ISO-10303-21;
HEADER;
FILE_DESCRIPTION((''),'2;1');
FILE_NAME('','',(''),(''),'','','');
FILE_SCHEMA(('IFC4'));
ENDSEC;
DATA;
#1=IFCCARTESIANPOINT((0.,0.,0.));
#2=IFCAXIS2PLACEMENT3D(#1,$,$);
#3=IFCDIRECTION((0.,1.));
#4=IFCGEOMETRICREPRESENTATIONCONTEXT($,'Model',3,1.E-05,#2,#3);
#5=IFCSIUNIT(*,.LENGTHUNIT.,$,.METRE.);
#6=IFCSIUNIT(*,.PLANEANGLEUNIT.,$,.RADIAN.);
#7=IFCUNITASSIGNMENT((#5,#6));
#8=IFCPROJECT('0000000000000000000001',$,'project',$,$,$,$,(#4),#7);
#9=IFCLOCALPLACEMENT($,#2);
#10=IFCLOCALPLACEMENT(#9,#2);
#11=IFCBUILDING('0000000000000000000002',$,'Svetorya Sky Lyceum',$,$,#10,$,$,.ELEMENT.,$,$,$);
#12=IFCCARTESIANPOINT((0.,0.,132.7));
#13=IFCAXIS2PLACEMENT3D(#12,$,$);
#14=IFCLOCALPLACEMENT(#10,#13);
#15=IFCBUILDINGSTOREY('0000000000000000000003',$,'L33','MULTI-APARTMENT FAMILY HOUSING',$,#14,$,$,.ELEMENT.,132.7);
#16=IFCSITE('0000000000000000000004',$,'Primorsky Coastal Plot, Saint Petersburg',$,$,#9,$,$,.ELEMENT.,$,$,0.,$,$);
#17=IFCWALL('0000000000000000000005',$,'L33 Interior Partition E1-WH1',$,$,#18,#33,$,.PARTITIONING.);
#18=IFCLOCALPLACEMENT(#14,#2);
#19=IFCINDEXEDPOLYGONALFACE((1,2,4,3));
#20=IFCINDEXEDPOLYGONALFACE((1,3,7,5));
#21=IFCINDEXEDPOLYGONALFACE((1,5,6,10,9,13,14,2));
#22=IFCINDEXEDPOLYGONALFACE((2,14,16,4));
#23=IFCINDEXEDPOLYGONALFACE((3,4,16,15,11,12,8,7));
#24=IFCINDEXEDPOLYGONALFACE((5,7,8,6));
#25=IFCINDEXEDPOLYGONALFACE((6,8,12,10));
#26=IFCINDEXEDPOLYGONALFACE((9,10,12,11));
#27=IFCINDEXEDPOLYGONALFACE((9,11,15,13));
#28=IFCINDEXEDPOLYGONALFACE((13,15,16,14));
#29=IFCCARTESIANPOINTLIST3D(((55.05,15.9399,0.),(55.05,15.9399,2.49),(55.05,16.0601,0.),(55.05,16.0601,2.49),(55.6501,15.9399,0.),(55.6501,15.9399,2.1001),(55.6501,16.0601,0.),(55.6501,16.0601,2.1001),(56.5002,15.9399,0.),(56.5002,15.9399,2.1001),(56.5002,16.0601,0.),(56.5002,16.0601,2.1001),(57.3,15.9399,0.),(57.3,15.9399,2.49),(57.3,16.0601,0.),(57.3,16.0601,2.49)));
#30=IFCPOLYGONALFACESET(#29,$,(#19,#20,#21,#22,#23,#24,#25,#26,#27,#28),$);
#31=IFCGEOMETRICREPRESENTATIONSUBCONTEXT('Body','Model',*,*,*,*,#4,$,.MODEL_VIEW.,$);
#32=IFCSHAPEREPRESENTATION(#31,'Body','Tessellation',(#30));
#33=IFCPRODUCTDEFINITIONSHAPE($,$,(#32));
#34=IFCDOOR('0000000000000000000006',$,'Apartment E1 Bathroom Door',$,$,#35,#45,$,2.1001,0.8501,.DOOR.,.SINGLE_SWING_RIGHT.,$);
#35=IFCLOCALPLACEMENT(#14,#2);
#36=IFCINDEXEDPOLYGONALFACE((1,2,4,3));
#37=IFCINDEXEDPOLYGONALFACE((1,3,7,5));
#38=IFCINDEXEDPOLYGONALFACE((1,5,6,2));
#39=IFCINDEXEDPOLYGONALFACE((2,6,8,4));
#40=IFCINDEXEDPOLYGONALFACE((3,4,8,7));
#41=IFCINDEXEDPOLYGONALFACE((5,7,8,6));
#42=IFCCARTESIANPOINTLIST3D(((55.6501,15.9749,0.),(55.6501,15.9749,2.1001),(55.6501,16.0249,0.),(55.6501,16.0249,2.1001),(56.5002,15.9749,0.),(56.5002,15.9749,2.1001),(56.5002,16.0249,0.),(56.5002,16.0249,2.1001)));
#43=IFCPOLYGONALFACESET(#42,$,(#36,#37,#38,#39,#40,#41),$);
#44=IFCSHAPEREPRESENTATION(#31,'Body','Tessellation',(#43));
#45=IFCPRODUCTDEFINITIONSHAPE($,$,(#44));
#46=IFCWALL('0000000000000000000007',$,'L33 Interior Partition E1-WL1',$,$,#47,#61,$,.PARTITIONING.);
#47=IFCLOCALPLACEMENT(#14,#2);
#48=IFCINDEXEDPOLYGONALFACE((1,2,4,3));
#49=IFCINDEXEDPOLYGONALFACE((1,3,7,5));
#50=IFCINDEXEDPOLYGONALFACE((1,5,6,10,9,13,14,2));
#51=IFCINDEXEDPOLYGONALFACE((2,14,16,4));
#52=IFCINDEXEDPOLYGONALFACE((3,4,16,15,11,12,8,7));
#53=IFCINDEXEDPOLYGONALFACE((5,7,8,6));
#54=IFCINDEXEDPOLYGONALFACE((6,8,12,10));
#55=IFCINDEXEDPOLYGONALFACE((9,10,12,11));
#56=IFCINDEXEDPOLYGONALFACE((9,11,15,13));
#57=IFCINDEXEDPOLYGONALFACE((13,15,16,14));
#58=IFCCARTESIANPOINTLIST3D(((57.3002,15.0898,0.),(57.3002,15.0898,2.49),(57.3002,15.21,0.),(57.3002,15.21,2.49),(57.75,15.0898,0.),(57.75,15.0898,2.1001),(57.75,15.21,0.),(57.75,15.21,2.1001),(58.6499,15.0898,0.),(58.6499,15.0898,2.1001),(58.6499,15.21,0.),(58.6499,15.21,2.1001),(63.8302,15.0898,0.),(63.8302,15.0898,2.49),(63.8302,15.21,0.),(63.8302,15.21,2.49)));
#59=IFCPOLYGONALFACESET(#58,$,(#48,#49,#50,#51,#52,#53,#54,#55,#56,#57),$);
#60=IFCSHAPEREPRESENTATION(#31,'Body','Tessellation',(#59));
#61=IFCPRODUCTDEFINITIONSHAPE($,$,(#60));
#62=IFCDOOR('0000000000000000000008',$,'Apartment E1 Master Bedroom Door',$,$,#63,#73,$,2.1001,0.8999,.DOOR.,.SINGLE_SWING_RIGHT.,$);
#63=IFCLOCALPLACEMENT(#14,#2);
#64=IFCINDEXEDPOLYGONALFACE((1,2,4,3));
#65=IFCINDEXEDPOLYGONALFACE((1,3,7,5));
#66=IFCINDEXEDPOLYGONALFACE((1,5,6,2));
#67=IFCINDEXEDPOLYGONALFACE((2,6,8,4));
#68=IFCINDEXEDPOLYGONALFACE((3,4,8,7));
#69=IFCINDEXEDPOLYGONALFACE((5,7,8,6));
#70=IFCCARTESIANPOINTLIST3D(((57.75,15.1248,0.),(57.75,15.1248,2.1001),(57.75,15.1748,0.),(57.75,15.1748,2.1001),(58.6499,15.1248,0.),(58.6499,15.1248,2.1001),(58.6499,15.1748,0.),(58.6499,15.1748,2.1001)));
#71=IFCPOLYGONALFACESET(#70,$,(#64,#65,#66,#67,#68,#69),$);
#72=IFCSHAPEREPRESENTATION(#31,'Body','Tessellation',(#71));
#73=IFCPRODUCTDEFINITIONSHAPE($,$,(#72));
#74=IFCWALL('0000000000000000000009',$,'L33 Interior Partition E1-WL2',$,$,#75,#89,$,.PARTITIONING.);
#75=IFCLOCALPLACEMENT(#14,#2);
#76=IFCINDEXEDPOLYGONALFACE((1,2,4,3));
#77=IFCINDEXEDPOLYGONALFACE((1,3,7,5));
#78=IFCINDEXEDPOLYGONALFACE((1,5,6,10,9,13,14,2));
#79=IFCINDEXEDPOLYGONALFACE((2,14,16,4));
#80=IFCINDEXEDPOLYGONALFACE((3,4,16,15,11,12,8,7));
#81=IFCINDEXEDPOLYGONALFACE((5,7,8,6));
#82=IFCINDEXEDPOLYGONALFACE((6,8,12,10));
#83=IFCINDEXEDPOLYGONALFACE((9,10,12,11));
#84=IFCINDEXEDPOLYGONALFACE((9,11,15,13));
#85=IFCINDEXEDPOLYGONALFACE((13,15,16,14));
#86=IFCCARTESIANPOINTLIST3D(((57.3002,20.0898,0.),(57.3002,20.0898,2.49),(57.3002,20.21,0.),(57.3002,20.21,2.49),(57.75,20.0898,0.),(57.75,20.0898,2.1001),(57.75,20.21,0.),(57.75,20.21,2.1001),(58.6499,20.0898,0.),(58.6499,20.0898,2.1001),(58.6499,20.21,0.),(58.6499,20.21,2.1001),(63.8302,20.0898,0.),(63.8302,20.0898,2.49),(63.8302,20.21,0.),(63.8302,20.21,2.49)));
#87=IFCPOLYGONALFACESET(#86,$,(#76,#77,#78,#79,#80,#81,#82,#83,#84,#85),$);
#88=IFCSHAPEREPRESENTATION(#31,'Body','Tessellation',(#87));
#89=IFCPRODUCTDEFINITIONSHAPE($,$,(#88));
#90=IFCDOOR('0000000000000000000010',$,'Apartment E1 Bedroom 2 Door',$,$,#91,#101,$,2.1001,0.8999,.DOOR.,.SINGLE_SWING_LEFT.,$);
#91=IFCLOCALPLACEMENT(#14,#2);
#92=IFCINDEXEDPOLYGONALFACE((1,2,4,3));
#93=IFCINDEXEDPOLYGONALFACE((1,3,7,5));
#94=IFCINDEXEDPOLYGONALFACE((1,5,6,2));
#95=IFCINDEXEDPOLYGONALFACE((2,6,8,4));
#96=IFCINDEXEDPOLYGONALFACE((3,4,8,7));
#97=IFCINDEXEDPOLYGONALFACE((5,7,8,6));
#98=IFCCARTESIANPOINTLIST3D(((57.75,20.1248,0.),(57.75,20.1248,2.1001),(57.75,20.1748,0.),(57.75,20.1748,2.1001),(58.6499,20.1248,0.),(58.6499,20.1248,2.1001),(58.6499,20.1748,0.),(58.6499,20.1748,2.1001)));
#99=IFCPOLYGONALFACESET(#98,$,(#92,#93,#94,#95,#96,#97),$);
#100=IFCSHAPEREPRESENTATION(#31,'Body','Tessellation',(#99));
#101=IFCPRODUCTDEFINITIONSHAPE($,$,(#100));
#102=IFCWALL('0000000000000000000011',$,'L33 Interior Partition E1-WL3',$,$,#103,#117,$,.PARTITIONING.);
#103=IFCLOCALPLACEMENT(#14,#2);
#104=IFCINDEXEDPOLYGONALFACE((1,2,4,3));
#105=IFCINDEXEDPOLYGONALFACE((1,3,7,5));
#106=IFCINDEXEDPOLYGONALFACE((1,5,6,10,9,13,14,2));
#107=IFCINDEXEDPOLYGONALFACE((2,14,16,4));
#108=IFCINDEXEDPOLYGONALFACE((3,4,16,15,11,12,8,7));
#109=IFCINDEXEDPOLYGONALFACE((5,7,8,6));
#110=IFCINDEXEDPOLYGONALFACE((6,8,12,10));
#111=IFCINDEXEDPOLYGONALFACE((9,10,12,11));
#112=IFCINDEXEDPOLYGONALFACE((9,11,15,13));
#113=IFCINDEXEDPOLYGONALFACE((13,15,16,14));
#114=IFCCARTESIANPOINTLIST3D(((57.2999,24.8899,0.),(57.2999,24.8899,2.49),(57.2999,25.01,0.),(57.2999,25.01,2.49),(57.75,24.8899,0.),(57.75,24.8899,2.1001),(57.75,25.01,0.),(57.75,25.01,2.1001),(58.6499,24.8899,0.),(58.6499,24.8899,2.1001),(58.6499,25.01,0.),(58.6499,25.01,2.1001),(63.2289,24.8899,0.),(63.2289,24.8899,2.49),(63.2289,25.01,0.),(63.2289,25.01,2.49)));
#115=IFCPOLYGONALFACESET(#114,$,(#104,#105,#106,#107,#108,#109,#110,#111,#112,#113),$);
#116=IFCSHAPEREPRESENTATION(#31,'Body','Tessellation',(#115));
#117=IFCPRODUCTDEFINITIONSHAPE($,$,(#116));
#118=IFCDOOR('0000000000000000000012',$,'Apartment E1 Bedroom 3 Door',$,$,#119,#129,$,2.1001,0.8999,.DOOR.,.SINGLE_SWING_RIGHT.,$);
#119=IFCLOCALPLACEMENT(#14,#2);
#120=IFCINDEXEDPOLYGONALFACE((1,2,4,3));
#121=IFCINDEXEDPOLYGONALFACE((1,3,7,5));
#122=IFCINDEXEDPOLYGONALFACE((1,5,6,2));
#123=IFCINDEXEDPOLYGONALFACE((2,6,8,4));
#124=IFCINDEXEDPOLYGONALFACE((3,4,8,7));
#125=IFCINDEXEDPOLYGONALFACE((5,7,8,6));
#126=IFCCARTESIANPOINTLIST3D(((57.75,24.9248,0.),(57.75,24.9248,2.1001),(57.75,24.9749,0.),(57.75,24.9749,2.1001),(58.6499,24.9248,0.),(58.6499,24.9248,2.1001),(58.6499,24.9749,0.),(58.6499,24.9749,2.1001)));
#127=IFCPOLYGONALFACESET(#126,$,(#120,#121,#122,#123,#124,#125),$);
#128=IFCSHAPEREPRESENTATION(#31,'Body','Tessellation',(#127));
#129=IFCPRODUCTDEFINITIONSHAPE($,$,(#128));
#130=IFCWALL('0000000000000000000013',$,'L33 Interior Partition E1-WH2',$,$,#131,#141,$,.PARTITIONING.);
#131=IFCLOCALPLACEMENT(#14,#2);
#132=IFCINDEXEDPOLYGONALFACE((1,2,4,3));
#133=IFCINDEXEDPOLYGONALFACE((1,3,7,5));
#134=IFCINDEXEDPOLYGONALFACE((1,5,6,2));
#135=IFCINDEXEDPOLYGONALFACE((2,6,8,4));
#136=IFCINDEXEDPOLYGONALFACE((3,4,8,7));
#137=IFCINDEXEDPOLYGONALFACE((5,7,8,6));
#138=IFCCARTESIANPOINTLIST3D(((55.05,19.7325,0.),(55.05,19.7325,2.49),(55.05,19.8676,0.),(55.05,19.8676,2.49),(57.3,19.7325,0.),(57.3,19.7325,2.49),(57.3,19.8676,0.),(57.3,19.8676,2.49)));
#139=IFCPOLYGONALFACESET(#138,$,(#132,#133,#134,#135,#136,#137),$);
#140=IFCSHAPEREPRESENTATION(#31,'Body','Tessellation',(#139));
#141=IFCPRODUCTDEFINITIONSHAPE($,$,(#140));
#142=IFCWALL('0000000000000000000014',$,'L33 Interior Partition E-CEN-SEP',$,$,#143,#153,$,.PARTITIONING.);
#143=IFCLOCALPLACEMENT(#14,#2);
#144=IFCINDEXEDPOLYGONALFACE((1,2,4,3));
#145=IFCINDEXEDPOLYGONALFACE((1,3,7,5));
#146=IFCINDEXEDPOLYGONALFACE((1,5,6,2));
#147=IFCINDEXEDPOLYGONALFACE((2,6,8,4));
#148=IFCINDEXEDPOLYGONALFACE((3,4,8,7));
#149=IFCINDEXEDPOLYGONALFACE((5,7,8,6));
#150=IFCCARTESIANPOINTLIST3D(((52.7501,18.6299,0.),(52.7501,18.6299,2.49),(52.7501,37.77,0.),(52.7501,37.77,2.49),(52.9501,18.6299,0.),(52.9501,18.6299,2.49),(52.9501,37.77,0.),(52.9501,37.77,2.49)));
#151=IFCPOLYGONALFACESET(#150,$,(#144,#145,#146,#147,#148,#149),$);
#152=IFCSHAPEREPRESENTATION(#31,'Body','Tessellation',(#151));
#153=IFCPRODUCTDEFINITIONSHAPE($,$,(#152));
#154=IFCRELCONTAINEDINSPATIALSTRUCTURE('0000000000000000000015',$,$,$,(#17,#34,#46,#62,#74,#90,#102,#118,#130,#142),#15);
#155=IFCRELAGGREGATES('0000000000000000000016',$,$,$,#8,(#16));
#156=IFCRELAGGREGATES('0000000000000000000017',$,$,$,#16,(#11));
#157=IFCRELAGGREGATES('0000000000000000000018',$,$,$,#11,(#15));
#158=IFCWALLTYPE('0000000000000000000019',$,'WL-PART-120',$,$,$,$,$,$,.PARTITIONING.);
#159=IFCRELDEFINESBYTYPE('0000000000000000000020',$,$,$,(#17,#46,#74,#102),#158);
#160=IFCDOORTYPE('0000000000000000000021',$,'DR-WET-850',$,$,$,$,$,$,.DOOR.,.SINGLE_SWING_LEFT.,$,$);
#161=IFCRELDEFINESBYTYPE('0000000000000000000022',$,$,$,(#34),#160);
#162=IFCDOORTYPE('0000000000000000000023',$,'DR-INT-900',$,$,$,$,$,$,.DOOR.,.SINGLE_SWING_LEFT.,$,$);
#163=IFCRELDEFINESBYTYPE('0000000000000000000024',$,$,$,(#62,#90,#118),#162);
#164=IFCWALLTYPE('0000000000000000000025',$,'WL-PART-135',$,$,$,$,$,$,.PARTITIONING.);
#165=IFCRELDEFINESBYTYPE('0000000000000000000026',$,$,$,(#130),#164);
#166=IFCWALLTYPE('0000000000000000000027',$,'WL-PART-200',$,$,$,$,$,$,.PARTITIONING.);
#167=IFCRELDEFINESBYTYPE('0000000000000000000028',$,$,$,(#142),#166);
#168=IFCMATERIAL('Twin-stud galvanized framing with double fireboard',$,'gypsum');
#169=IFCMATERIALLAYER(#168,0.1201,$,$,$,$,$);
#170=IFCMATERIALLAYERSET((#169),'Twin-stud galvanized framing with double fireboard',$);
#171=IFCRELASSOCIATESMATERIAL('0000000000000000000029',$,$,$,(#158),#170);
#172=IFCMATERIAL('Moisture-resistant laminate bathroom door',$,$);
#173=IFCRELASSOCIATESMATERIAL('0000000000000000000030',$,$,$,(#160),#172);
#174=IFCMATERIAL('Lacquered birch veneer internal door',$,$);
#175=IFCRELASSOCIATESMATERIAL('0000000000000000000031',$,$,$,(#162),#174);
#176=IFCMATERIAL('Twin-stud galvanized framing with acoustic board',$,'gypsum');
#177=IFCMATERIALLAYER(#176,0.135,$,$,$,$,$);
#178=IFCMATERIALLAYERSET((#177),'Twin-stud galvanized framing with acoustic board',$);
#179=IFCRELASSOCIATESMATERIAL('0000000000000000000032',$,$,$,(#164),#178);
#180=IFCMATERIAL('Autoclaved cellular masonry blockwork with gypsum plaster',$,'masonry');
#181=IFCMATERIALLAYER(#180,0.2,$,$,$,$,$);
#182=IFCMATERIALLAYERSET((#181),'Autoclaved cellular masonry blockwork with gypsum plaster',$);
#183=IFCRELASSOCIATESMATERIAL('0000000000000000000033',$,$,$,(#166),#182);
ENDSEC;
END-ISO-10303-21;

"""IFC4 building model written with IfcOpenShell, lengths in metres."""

from ifc_helpers import new_model, si_unit, direction, frame, frame_2d, origin, place, context, subcontext, project, spatial, rectangle, extrude, material, layer, layer_set, type_object, element, fill, save


model = new_model("IFC4")

# Units and contexts
model_context = context("Model", 3, precision=1e-05, world=origin(), true_north=direction((0.0, 1.0)))
body_context = subcontext(model_context, "Body", "Model", "MODEL_VIEW")
ifc_project = project(units=[si_unit("LENGTHUNIT", "METRE"), si_unit("PLANEANGLEUNIT", "RADIAN")], contexts=[model_context])

# Site, building, storey
site_placement = place(None, origin())
site = spatial("IfcSite", under=ifc_project, at=site_placement, Name="Primorsky Coastal Plot, Saint Petersburg", CompositionType="ELEMENT", RefElevation=0.0)
building_placement = place(site_placement, origin())
building = spatial("IfcBuilding", under=site, at=building_placement, Name="Svetorya Sky Lyceum", CompositionType="ELEMENT")
storey_placement = place(building_placement, frame((0.0, 0.0, 132.7)))
storey = spatial("IfcBuildingStorey", under=building, at=storey_placement, Name="L33", Description="MULTI-APARTMENT FAMILY HOUSING", CompositionType="ELEMENT", Elevation=132.7)

# Walls, openings, doors
ifc_material_1 = material(Name="Twin-stud galvanized framing with double fireboard", Category="gypsum")
ifc_layer_1 = layer(ifc_material_1, 0.1201)
ifc_layer_set_1 = layer_set([ifc_layer_1], Name="Twin-stud galvanized framing with double fireboard")
wall_type_1 = type_object("IfcWallType", Name="WL-PART-120", PredefinedType="PARTITIONING", material=ifc_layer_set_1)
wall_1_placement = place(storey_placement, frame((55.05, 16.0, 0.0), z_axis=(0.0, 0.0, 1.0), x_axis=(1.0, 0.0, 0.0)))
wall_1 = element("IfcWall", 1, at=wall_1_placement, inside=storey, type_object=wall_type_1, Name="L33 Interior Partition E1-WH1", PredefinedType="PARTITIONING", context=body_context, shape_type="SweptSolid", body=[
    extrude(rectangle(XDim=2.25, YDim=0.1201, at=frame_2d((1.125, 0.0))), origin(), (0.0, 0.0, 1.0), 2.49),
])
opening_1_placement = place(wall_1_placement, frame((0.6001, 0.0, 0.0)))
opening_1 = element("IfcOpeningElement", 2, at=opening_1_placement, cuts=wall_1, PredefinedType="OPENING", context=body_context, shape_type="SweptSolid", body=[
    extrude(rectangle(XDim=0.8501, YDim=2.1001, at=frame_2d((0.425, 1.05))), frame((0.0, 0.0701, 0.0), z_axis=(0.0, -1.0, 0.0), x_axis=(1.0, 0.0, 0.0)), (0.0, 0.0, 1.0), 0.1401),
])
ifc_material_2 = material(Name="Moisture-resistant laminate bathroom door")
door_type_1 = type_object("IfcDoorType", Name="DR-WET-850", OperationType="SINGLE_SWING_LEFT", PredefinedType="DOOR", material=ifc_material_2)
door_1_placement = place(opening_1_placement, origin())
door_1 = element("IfcDoor", 3, at=door_1_placement, inside=storey, type_object=door_type_1, Name="Apartment E1 Bathroom Door", OperationType="SINGLE_SWING_RIGHT", OverallHeight=2.1001, OverallWidth=0.8501, PredefinedType="DOOR", context=body_context, shape_type="SweptSolid", body=[
    extrude(rectangle(XDim=0.8501, YDim=2.1001, at=frame_2d((0.425, 1.05))), frame((0.0, 0.0249, 0.0), z_axis=(0.0, -1.0, 0.0), x_axis=(1.0, 0.0, 0.0)), (0.0, 0.0, 1.0), 0.05),
])
fill(opening_1, door_1)
wall_2_placement = place(storey_placement, frame((57.3, 15.1499, 0.0), z_axis=(0.0, 0.0, 1.0), x_axis=(1.0, 0.0, 0.0)))
wall_2 = element("IfcWall", 4, at=wall_2_placement, inside=storey, type_object=wall_type_1, Name="L33 Interior Partition E1-WL1", PredefinedType="PARTITIONING", context=body_context, shape_type="SweptSolid", body=[
    extrude(rectangle(XDim=6.53, YDim=0.1201, at=frame_2d((3.2651, 0.0))), origin(), (0.0, 0.0, 1.0), 2.49),
])
opening_2_placement = place(wall_2_placement, frame((0.45, 0.0, 0.0)))
opening_2 = element("IfcOpeningElement", 5, at=opening_2_placement, cuts=wall_2, PredefinedType="OPENING", context=body_context, shape_type="SweptSolid", body=[
    extrude(rectangle(XDim=0.8999, YDim=2.1001, at=frame_2d((0.45, 1.05))), frame((0.0, 0.0701, 0.0), z_axis=(0.0, -1.0, 0.0), x_axis=(1.0, 0.0, 0.0)), (0.0, 0.0, 1.0), 0.1401),
])
ifc_material_3 = material(Name="Lacquered birch veneer internal door")
door_type_2 = type_object("IfcDoorType", Name="DR-INT-900", OperationType="SINGLE_SWING_LEFT", PredefinedType="DOOR", material=ifc_material_3)
door_2_placement = place(opening_2_placement, origin())
door_2 = element("IfcDoor", 6, at=door_2_placement, inside=storey, type_object=door_type_2, Name="Apartment E1 Master Bedroom Door", OperationType="SINGLE_SWING_RIGHT", OverallHeight=2.1001, OverallWidth=0.8999, PredefinedType="DOOR", context=body_context, shape_type="SweptSolid", body=[
    extrude(rectangle(XDim=0.8999, YDim=2.1001, at=frame_2d((0.45, 1.05))), frame((0.0, 0.0249, 0.0), z_axis=(0.0, -1.0, 0.0), x_axis=(1.0, 0.0, 0.0)), (0.0, 0.0, 1.0), 0.05),
])
fill(opening_2, door_2)
wall_3_placement = place(storey_placement, frame((57.3, 20.1499, 0.0), z_axis=(0.0, 0.0, 1.0), x_axis=(1.0, 0.0, 0.0)))
wall_3 = element("IfcWall", 7, at=wall_3_placement, inside=storey, type_object=wall_type_1, Name="L33 Interior Partition E1-WL2", PredefinedType="PARTITIONING", context=body_context, shape_type="SweptSolid", body=[
    extrude(rectangle(XDim=6.53, YDim=0.1201, at=frame_2d((3.2651, 0.0))), origin(), (0.0, 0.0, 1.0), 2.49),
])
opening_3_placement = place(wall_3_placement, frame((0.45, 0.0, 0.0)))
opening_3 = element("IfcOpeningElement", 8, at=opening_3_placement, cuts=wall_3, PredefinedType="OPENING", context=body_context, shape_type="SweptSolid", body=[
    extrude(rectangle(XDim=0.8999, YDim=2.1001, at=frame_2d((0.45, 1.05))), frame((0.0, 0.0701, 0.0), z_axis=(0.0, -1.0, 0.0), x_axis=(1.0, 0.0, 0.0)), (0.0, 0.0, 1.0), 0.1401),
])
door_3_placement = place(opening_3_placement, origin())
door_3 = element("IfcDoor", 9, at=door_3_placement, inside=storey, type_object=door_type_2, Name="Apartment E1 Bedroom 2 Door", OperationType="SINGLE_SWING_LEFT", OverallHeight=2.1001, OverallWidth=0.8999, PredefinedType="DOOR", context=body_context, shape_type="SweptSolid", body=[
    extrude(rectangle(XDim=0.8999, YDim=2.1001, at=frame_2d((0.45, 1.05))), frame((0.0, 0.0249, 0.0), z_axis=(0.0, -1.0, 0.0), x_axis=(1.0, 0.0, 0.0)), (0.0, 0.0, 1.0), 0.05),
])
fill(opening_3, door_3)
wall_4_placement = place(storey_placement, frame((57.3, 24.95, 0.0), z_axis=(0.0, 0.0, 1.0), x_axis=(1.0, 0.0, 0.0)))
wall_4 = element("IfcWall", 10, at=wall_4_placement, inside=storey, type_object=wall_type_1, Name="L33 Interior Partition E1-WL3", PredefinedType="PARTITIONING", context=body_context, shape_type="SweptSolid", body=[
    extrude(rectangle(XDim=5.929, YDim=0.1201, at=frame_2d((2.9644, 0.0))), origin(), (0.0, 0.0, 1.0), 2.49),
])
opening_4_placement = place(wall_4_placement, frame((0.45, 0.0, 0.0)))
opening_4 = element("IfcOpeningElement", 11, at=opening_4_placement, cuts=wall_4, PredefinedType="OPENING", context=body_context, shape_type="SweptSolid", body=[
    extrude(rectangle(XDim=0.8999, YDim=2.1001, at=frame_2d((0.45, 1.05))), frame((0.0, 0.0701, 0.0), z_axis=(0.0, -1.0, 0.0), x_axis=(1.0, 0.0, 0.0)), (0.0, 0.0, 1.0), 0.1401),
])
door_4_placement = place(opening_4_placement, origin())
door_4 = element("IfcDoor", 12, at=door_4_placement, inside=storey, type_object=door_type_2, Name="Apartment E1 Bedroom 3 Door", OperationType="SINGLE_SWING_RIGHT", OverallHeight=2.1001, OverallWidth=0.8999, PredefinedType="DOOR", context=body_context, shape_type="SweptSolid", body=[
    extrude(rectangle(XDim=0.8999, YDim=2.1001, at=frame_2d((0.45, 1.05))), frame((0.0, 0.0249, 0.0), z_axis=(0.0, -1.0, 0.0), x_axis=(1.0, 0.0, 0.0)), (0.0, 0.0, 1.0), 0.05),
])
fill(opening_4, door_4)

# Walls
ifc_material_4 = material(Name="Twin-stud galvanized framing with acoustic board", Category="gypsum")
ifc_layer_2 = layer(ifc_material_4, 0.135)
ifc_layer_set_2 = layer_set([ifc_layer_2], Name="Twin-stud galvanized framing with acoustic board")
wall_type_2 = type_object("IfcWallType", Name="WL-PART-135", PredefinedType="PARTITIONING", material=ifc_layer_set_2)
wall_5_placement = place(storey_placement, frame((55.05, 19.8, 0.0), z_axis=(0.0, 0.0, 1.0), x_axis=(1.0, 0.0, 0.0)))
element("IfcWall", 13, at=wall_5_placement, inside=storey, type_object=wall_type_2, Name="L33 Interior Partition E1-WH2", PredefinedType="PARTITIONING", context=body_context, shape_type="SweptSolid", body=[
    extrude(rectangle(XDim=2.25, YDim=0.135, at=frame_2d((1.125, 0.0))), origin(), (0.0, 0.0, 1.0), 2.49),
])
ifc_material_5 = material(Name="Autoclaved cellular masonry blockwork with gypsum plaster", Category="masonry")
ifc_layer_3 = layer(ifc_material_5, 0.2)
ifc_layer_set_3 = layer_set([ifc_layer_3], Name="Autoclaved cellular masonry blockwork with gypsum plaster")
wall_type_3 = type_object("IfcWallType", Name="WL-PART-200", PredefinedType="PARTITIONING", material=ifc_layer_set_3)
wall_6_placement = place(storey_placement, frame((52.8501, 18.6299, 0.0), z_axis=(0.0, 0.0, 1.0), x_axis=(0.0, 1.0, 0.0)))
element("IfcWall", 14, at=wall_6_placement, inside=storey, type_object=wall_type_3, Name="L33 Interior Partition E-CEN-SEP", PredefinedType="PARTITIONING", context=body_context, shape_type="SweptSolid", body=[
    extrude(rectangle(XDim=19.1401, YDim=0.2, at=frame_2d((9.5701, 0.0))), origin(), (0.0, 0.0, 1.0), 2.49),
])

save(model, "model.ifc")
